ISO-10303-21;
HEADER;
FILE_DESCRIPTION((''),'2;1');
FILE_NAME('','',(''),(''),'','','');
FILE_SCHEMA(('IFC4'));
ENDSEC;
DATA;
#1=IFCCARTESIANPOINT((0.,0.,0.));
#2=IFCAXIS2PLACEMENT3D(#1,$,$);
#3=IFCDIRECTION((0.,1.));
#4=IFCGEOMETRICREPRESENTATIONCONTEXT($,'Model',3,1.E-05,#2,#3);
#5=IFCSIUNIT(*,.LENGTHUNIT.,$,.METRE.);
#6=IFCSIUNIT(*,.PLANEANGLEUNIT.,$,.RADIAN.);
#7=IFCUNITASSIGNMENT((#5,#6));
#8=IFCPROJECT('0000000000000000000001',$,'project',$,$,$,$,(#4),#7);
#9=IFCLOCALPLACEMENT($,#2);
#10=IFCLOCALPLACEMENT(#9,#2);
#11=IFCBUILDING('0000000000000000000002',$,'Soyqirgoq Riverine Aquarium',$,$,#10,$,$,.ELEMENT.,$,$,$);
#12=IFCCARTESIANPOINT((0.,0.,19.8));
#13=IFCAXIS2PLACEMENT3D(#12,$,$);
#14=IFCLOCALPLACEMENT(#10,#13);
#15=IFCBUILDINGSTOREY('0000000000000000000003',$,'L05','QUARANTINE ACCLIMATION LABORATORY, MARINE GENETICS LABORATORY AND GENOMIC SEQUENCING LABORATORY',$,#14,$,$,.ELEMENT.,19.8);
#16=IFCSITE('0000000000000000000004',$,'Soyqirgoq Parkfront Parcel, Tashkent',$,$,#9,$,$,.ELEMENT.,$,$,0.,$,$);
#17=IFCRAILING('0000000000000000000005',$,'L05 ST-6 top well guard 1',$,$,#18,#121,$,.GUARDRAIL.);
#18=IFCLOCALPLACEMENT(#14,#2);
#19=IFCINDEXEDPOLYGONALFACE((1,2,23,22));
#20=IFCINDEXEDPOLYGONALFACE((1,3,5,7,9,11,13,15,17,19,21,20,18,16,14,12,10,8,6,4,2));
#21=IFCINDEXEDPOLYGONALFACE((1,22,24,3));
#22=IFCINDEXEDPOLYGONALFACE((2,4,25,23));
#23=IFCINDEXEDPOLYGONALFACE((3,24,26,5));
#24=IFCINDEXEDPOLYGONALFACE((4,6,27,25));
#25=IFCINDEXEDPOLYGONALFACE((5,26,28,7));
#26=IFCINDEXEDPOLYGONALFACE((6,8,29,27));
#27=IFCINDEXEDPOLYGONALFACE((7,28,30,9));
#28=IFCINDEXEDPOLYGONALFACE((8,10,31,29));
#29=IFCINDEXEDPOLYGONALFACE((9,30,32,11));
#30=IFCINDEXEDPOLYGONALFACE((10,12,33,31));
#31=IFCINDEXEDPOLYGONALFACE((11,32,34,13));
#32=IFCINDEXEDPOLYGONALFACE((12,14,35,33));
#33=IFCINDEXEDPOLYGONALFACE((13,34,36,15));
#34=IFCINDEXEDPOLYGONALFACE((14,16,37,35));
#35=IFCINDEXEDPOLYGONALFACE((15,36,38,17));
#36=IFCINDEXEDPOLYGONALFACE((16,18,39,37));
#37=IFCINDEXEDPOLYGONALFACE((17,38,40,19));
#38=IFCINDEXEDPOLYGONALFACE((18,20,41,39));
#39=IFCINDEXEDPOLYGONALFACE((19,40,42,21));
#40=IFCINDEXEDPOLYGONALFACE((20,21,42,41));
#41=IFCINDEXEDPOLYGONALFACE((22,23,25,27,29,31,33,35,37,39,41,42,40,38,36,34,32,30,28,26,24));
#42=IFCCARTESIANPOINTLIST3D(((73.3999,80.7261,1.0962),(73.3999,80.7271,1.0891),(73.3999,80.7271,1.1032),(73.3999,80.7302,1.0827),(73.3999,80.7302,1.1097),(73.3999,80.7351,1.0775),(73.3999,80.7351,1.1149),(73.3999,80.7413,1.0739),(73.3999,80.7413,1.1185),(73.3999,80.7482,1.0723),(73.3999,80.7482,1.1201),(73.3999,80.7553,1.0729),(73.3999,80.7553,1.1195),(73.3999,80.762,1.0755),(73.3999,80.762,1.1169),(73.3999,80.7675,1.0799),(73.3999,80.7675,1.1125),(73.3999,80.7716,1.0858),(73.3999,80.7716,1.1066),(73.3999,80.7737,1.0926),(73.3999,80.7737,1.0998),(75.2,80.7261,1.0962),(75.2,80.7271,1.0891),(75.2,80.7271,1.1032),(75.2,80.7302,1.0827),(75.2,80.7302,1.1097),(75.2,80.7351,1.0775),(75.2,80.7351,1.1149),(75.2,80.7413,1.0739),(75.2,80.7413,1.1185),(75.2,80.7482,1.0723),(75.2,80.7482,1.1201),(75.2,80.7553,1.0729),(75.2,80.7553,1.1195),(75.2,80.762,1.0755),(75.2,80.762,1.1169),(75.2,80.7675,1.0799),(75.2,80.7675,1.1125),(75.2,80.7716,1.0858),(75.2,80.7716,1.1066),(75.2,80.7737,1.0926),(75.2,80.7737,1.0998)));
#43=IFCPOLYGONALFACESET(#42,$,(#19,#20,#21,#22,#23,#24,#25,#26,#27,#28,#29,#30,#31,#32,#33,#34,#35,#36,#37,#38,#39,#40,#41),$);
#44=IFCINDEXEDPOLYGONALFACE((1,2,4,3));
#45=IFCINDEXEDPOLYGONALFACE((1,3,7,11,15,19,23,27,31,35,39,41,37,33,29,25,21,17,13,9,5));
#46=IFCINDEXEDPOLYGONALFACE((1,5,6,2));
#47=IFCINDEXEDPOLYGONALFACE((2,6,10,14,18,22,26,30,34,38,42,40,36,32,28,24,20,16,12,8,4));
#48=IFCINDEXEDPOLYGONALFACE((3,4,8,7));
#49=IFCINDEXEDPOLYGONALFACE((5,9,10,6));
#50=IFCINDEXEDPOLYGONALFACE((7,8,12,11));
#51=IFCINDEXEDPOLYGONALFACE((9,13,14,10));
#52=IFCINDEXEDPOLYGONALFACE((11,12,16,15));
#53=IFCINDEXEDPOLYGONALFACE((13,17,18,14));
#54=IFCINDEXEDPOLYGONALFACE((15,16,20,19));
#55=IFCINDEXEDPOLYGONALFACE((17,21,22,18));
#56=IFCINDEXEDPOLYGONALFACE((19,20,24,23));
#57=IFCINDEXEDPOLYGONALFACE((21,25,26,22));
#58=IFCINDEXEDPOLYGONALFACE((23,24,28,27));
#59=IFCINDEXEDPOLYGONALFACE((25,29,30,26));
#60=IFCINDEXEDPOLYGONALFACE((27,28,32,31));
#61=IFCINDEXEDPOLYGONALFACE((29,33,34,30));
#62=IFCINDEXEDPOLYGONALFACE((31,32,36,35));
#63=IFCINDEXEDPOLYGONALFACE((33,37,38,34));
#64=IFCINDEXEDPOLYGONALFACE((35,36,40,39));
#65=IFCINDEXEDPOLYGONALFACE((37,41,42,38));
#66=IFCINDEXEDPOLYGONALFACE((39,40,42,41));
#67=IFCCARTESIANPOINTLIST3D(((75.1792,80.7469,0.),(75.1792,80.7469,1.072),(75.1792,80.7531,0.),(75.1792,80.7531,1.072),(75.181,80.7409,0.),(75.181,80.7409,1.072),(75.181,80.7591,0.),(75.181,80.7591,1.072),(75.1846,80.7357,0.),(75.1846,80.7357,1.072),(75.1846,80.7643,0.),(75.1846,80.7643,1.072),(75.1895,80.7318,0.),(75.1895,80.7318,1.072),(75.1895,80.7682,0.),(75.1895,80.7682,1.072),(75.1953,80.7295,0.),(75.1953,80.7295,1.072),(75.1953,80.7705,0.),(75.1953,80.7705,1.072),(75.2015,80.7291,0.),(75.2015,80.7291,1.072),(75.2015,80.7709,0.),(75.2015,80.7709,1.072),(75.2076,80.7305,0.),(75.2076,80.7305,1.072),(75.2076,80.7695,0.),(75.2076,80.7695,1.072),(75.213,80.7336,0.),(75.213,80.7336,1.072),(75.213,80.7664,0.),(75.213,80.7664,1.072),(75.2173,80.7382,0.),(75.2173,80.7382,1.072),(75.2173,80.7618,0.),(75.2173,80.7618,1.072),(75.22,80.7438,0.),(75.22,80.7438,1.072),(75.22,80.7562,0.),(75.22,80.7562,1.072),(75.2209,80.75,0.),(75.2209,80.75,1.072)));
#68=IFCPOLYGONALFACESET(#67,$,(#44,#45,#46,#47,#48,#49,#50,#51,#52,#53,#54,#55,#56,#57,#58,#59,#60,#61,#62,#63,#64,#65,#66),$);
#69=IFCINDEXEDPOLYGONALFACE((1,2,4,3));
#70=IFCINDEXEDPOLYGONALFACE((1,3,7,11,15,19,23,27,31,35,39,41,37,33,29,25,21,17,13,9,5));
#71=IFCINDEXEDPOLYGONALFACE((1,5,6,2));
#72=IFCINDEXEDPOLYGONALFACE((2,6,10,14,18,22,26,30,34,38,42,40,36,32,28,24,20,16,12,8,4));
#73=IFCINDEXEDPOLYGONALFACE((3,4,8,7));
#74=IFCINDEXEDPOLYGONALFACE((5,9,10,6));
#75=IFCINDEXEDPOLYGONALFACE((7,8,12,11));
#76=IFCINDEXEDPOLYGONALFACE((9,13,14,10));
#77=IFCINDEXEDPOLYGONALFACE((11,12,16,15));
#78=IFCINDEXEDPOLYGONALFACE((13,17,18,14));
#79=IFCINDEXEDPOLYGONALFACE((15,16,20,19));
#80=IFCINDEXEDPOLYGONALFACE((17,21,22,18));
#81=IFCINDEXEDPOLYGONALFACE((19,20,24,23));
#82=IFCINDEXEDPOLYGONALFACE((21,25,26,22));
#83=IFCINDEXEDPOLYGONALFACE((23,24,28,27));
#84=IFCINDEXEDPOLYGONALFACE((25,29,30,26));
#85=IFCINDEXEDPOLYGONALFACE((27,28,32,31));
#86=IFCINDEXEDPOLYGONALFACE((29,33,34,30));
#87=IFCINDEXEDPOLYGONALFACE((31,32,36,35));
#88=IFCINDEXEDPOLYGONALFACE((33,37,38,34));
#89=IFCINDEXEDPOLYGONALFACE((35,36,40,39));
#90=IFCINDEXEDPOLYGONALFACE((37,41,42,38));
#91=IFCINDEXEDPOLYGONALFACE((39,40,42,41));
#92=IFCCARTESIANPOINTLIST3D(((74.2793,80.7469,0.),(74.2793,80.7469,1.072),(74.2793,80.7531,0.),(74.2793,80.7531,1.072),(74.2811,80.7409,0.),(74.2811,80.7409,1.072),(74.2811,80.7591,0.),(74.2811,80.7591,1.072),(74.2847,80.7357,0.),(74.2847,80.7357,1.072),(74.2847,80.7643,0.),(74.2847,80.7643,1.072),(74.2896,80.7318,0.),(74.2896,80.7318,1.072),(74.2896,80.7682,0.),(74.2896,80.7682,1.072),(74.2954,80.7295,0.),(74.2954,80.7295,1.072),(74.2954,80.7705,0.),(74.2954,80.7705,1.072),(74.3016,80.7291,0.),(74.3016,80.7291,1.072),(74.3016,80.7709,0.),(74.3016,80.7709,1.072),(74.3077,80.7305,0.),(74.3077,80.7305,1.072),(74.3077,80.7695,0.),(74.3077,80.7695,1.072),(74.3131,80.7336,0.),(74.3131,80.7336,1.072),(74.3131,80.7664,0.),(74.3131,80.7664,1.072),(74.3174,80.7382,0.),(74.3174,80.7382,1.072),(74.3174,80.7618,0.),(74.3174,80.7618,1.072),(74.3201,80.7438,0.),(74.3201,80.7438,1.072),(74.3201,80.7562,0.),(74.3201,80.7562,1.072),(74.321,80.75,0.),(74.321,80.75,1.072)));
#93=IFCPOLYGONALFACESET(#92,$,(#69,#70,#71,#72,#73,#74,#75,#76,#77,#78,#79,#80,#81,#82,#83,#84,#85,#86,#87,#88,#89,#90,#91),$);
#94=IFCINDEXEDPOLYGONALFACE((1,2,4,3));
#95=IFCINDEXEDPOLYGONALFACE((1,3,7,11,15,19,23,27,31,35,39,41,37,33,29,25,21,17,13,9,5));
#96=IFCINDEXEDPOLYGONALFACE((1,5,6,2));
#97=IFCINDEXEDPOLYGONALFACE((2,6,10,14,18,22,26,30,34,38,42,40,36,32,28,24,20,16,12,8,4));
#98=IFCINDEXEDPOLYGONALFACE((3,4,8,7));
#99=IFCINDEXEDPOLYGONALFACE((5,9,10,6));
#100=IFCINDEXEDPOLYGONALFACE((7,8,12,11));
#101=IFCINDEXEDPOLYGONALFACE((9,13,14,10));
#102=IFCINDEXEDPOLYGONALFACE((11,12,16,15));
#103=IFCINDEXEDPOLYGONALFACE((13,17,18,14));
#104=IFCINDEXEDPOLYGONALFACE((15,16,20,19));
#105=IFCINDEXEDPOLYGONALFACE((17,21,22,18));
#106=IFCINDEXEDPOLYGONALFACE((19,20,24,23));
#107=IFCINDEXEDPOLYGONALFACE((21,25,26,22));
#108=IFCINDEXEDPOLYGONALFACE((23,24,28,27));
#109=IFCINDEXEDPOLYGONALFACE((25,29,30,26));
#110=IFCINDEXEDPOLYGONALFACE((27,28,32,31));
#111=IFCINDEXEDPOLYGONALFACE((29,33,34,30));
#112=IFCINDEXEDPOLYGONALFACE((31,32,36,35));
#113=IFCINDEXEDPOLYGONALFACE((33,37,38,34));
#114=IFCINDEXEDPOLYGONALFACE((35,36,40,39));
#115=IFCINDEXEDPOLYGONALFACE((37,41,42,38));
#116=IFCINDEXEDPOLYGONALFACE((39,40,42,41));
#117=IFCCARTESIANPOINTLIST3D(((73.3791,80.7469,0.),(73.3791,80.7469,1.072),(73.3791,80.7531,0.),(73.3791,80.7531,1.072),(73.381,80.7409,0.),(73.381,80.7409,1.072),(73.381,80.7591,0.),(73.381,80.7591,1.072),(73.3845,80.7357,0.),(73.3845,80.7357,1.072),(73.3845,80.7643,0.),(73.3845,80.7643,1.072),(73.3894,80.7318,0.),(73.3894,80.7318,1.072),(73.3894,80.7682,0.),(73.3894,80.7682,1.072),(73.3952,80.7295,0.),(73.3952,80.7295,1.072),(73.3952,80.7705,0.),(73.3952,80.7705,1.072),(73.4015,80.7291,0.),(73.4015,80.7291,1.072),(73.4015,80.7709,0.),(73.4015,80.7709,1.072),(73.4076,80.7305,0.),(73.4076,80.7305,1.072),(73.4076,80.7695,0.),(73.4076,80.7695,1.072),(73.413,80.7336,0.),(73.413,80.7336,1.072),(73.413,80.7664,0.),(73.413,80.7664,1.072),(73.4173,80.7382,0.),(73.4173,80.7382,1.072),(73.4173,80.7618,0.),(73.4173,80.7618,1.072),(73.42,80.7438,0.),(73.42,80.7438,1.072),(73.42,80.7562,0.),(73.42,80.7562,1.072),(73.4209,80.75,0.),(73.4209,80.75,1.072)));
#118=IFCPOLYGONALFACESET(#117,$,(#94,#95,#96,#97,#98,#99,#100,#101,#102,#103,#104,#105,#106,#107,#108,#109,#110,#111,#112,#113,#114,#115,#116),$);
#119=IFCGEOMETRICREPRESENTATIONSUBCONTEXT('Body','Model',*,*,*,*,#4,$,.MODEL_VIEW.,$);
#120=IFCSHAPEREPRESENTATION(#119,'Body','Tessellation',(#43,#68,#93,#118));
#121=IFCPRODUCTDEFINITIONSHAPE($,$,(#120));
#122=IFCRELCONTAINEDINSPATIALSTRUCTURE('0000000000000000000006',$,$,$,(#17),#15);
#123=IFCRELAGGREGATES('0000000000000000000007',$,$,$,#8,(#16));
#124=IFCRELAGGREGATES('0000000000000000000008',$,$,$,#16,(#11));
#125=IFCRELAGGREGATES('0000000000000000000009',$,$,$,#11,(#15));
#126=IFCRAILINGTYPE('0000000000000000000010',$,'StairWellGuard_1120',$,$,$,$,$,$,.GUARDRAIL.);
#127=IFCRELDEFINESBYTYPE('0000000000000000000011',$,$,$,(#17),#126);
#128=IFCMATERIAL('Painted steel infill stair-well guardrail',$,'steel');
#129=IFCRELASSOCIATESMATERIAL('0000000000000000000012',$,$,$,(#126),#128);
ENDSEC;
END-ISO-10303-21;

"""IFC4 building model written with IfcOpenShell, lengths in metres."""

from ifc_helpers import new_model, si_unit, direction, frame, origin, origin_2d, place, context, subcontext, project, spatial, circle, extrude, material, type_object, element, save


model = new_model("IFC4")

# Units and contexts
model_context = context("Model", 3, precision=1e-05, world=origin(), true_north=direction((0.0, 1.0)))
body_context = subcontext(model_context, "Body", "Model", "MODEL_VIEW")
ifc_project = project(units=[si_unit("LENGTHUNIT", "METRE"), si_unit("PLANEANGLEUNIT", "RADIAN")], contexts=[model_context])

# Site, building, storey
site_placement = place(None, origin())
site = spatial("IfcSite", under=ifc_project, at=site_placement, Name="Soyqirgoq Parkfront Parcel, Tashkent", CompositionType="ELEMENT", RefElevation=0.0)
building_placement = place(site_placement, origin())
building = spatial("IfcBuilding", under=site, at=building_placement, Name="Soyqirgoq Riverine Aquarium", CompositionType="ELEMENT")
storey_placement = place(building_placement, frame((0.0, 0.0, 19.8)))
storey = spatial("IfcBuildingStorey", under=building, at=storey_placement, Name="L05", Description="QUARANTINE ACCLIMATION LABORATORY, MARINE GENETICS LABORATORY AND GENOMIC SEQUENCING LABORATORY", CompositionType="ELEMENT", Elevation=19.8)

# Railing
ifc_material_1 = material(Name="Painted steel infill stair-well guardrail", Category="steel")
railing_type_1 = type_object("IfcRailingType", Name="StairWellGuard_1120", PredefinedType="GUARDRAIL", material=ifc_material_1)
railing_1_placement = place(storey_placement, frame((75.2, 80.75, 0.0)))
element("IfcRailing", 1, at=railing_1_placement, inside=storey, type_object=railing_type_1, Name="L05 ST-6 top well guard 1", PredefinedType="GUARDRAIL", context=body_context, shape_type="SweptSolid", body=[
    extrude(circle(Radius=0.0239, at=origin_2d()), frame((0.0, 0.0, 1.0962), z_axis=(-1.0, 0.0, 0.0), x_axis=(0.0, -1.0, 0.0)), (0.0, 0.0, 1.0), 1.8),
    extrude(circle(Radius=0.021, at=origin_2d()), origin(), (0.0, 0.0, 1.0), 1.072),
    extrude(circle(Radius=0.021, at=origin_2d()), frame((-0.8999, 0.0, 0.0)), (0.0, 0.0, 1.0), 1.072),
    extrude(circle(Radius=0.021, at=origin_2d()), frame((-1.8, 0.0, 0.0)), (0.0, 0.0, 1.0), 1.072),
])

save(model, "model.ifc")
